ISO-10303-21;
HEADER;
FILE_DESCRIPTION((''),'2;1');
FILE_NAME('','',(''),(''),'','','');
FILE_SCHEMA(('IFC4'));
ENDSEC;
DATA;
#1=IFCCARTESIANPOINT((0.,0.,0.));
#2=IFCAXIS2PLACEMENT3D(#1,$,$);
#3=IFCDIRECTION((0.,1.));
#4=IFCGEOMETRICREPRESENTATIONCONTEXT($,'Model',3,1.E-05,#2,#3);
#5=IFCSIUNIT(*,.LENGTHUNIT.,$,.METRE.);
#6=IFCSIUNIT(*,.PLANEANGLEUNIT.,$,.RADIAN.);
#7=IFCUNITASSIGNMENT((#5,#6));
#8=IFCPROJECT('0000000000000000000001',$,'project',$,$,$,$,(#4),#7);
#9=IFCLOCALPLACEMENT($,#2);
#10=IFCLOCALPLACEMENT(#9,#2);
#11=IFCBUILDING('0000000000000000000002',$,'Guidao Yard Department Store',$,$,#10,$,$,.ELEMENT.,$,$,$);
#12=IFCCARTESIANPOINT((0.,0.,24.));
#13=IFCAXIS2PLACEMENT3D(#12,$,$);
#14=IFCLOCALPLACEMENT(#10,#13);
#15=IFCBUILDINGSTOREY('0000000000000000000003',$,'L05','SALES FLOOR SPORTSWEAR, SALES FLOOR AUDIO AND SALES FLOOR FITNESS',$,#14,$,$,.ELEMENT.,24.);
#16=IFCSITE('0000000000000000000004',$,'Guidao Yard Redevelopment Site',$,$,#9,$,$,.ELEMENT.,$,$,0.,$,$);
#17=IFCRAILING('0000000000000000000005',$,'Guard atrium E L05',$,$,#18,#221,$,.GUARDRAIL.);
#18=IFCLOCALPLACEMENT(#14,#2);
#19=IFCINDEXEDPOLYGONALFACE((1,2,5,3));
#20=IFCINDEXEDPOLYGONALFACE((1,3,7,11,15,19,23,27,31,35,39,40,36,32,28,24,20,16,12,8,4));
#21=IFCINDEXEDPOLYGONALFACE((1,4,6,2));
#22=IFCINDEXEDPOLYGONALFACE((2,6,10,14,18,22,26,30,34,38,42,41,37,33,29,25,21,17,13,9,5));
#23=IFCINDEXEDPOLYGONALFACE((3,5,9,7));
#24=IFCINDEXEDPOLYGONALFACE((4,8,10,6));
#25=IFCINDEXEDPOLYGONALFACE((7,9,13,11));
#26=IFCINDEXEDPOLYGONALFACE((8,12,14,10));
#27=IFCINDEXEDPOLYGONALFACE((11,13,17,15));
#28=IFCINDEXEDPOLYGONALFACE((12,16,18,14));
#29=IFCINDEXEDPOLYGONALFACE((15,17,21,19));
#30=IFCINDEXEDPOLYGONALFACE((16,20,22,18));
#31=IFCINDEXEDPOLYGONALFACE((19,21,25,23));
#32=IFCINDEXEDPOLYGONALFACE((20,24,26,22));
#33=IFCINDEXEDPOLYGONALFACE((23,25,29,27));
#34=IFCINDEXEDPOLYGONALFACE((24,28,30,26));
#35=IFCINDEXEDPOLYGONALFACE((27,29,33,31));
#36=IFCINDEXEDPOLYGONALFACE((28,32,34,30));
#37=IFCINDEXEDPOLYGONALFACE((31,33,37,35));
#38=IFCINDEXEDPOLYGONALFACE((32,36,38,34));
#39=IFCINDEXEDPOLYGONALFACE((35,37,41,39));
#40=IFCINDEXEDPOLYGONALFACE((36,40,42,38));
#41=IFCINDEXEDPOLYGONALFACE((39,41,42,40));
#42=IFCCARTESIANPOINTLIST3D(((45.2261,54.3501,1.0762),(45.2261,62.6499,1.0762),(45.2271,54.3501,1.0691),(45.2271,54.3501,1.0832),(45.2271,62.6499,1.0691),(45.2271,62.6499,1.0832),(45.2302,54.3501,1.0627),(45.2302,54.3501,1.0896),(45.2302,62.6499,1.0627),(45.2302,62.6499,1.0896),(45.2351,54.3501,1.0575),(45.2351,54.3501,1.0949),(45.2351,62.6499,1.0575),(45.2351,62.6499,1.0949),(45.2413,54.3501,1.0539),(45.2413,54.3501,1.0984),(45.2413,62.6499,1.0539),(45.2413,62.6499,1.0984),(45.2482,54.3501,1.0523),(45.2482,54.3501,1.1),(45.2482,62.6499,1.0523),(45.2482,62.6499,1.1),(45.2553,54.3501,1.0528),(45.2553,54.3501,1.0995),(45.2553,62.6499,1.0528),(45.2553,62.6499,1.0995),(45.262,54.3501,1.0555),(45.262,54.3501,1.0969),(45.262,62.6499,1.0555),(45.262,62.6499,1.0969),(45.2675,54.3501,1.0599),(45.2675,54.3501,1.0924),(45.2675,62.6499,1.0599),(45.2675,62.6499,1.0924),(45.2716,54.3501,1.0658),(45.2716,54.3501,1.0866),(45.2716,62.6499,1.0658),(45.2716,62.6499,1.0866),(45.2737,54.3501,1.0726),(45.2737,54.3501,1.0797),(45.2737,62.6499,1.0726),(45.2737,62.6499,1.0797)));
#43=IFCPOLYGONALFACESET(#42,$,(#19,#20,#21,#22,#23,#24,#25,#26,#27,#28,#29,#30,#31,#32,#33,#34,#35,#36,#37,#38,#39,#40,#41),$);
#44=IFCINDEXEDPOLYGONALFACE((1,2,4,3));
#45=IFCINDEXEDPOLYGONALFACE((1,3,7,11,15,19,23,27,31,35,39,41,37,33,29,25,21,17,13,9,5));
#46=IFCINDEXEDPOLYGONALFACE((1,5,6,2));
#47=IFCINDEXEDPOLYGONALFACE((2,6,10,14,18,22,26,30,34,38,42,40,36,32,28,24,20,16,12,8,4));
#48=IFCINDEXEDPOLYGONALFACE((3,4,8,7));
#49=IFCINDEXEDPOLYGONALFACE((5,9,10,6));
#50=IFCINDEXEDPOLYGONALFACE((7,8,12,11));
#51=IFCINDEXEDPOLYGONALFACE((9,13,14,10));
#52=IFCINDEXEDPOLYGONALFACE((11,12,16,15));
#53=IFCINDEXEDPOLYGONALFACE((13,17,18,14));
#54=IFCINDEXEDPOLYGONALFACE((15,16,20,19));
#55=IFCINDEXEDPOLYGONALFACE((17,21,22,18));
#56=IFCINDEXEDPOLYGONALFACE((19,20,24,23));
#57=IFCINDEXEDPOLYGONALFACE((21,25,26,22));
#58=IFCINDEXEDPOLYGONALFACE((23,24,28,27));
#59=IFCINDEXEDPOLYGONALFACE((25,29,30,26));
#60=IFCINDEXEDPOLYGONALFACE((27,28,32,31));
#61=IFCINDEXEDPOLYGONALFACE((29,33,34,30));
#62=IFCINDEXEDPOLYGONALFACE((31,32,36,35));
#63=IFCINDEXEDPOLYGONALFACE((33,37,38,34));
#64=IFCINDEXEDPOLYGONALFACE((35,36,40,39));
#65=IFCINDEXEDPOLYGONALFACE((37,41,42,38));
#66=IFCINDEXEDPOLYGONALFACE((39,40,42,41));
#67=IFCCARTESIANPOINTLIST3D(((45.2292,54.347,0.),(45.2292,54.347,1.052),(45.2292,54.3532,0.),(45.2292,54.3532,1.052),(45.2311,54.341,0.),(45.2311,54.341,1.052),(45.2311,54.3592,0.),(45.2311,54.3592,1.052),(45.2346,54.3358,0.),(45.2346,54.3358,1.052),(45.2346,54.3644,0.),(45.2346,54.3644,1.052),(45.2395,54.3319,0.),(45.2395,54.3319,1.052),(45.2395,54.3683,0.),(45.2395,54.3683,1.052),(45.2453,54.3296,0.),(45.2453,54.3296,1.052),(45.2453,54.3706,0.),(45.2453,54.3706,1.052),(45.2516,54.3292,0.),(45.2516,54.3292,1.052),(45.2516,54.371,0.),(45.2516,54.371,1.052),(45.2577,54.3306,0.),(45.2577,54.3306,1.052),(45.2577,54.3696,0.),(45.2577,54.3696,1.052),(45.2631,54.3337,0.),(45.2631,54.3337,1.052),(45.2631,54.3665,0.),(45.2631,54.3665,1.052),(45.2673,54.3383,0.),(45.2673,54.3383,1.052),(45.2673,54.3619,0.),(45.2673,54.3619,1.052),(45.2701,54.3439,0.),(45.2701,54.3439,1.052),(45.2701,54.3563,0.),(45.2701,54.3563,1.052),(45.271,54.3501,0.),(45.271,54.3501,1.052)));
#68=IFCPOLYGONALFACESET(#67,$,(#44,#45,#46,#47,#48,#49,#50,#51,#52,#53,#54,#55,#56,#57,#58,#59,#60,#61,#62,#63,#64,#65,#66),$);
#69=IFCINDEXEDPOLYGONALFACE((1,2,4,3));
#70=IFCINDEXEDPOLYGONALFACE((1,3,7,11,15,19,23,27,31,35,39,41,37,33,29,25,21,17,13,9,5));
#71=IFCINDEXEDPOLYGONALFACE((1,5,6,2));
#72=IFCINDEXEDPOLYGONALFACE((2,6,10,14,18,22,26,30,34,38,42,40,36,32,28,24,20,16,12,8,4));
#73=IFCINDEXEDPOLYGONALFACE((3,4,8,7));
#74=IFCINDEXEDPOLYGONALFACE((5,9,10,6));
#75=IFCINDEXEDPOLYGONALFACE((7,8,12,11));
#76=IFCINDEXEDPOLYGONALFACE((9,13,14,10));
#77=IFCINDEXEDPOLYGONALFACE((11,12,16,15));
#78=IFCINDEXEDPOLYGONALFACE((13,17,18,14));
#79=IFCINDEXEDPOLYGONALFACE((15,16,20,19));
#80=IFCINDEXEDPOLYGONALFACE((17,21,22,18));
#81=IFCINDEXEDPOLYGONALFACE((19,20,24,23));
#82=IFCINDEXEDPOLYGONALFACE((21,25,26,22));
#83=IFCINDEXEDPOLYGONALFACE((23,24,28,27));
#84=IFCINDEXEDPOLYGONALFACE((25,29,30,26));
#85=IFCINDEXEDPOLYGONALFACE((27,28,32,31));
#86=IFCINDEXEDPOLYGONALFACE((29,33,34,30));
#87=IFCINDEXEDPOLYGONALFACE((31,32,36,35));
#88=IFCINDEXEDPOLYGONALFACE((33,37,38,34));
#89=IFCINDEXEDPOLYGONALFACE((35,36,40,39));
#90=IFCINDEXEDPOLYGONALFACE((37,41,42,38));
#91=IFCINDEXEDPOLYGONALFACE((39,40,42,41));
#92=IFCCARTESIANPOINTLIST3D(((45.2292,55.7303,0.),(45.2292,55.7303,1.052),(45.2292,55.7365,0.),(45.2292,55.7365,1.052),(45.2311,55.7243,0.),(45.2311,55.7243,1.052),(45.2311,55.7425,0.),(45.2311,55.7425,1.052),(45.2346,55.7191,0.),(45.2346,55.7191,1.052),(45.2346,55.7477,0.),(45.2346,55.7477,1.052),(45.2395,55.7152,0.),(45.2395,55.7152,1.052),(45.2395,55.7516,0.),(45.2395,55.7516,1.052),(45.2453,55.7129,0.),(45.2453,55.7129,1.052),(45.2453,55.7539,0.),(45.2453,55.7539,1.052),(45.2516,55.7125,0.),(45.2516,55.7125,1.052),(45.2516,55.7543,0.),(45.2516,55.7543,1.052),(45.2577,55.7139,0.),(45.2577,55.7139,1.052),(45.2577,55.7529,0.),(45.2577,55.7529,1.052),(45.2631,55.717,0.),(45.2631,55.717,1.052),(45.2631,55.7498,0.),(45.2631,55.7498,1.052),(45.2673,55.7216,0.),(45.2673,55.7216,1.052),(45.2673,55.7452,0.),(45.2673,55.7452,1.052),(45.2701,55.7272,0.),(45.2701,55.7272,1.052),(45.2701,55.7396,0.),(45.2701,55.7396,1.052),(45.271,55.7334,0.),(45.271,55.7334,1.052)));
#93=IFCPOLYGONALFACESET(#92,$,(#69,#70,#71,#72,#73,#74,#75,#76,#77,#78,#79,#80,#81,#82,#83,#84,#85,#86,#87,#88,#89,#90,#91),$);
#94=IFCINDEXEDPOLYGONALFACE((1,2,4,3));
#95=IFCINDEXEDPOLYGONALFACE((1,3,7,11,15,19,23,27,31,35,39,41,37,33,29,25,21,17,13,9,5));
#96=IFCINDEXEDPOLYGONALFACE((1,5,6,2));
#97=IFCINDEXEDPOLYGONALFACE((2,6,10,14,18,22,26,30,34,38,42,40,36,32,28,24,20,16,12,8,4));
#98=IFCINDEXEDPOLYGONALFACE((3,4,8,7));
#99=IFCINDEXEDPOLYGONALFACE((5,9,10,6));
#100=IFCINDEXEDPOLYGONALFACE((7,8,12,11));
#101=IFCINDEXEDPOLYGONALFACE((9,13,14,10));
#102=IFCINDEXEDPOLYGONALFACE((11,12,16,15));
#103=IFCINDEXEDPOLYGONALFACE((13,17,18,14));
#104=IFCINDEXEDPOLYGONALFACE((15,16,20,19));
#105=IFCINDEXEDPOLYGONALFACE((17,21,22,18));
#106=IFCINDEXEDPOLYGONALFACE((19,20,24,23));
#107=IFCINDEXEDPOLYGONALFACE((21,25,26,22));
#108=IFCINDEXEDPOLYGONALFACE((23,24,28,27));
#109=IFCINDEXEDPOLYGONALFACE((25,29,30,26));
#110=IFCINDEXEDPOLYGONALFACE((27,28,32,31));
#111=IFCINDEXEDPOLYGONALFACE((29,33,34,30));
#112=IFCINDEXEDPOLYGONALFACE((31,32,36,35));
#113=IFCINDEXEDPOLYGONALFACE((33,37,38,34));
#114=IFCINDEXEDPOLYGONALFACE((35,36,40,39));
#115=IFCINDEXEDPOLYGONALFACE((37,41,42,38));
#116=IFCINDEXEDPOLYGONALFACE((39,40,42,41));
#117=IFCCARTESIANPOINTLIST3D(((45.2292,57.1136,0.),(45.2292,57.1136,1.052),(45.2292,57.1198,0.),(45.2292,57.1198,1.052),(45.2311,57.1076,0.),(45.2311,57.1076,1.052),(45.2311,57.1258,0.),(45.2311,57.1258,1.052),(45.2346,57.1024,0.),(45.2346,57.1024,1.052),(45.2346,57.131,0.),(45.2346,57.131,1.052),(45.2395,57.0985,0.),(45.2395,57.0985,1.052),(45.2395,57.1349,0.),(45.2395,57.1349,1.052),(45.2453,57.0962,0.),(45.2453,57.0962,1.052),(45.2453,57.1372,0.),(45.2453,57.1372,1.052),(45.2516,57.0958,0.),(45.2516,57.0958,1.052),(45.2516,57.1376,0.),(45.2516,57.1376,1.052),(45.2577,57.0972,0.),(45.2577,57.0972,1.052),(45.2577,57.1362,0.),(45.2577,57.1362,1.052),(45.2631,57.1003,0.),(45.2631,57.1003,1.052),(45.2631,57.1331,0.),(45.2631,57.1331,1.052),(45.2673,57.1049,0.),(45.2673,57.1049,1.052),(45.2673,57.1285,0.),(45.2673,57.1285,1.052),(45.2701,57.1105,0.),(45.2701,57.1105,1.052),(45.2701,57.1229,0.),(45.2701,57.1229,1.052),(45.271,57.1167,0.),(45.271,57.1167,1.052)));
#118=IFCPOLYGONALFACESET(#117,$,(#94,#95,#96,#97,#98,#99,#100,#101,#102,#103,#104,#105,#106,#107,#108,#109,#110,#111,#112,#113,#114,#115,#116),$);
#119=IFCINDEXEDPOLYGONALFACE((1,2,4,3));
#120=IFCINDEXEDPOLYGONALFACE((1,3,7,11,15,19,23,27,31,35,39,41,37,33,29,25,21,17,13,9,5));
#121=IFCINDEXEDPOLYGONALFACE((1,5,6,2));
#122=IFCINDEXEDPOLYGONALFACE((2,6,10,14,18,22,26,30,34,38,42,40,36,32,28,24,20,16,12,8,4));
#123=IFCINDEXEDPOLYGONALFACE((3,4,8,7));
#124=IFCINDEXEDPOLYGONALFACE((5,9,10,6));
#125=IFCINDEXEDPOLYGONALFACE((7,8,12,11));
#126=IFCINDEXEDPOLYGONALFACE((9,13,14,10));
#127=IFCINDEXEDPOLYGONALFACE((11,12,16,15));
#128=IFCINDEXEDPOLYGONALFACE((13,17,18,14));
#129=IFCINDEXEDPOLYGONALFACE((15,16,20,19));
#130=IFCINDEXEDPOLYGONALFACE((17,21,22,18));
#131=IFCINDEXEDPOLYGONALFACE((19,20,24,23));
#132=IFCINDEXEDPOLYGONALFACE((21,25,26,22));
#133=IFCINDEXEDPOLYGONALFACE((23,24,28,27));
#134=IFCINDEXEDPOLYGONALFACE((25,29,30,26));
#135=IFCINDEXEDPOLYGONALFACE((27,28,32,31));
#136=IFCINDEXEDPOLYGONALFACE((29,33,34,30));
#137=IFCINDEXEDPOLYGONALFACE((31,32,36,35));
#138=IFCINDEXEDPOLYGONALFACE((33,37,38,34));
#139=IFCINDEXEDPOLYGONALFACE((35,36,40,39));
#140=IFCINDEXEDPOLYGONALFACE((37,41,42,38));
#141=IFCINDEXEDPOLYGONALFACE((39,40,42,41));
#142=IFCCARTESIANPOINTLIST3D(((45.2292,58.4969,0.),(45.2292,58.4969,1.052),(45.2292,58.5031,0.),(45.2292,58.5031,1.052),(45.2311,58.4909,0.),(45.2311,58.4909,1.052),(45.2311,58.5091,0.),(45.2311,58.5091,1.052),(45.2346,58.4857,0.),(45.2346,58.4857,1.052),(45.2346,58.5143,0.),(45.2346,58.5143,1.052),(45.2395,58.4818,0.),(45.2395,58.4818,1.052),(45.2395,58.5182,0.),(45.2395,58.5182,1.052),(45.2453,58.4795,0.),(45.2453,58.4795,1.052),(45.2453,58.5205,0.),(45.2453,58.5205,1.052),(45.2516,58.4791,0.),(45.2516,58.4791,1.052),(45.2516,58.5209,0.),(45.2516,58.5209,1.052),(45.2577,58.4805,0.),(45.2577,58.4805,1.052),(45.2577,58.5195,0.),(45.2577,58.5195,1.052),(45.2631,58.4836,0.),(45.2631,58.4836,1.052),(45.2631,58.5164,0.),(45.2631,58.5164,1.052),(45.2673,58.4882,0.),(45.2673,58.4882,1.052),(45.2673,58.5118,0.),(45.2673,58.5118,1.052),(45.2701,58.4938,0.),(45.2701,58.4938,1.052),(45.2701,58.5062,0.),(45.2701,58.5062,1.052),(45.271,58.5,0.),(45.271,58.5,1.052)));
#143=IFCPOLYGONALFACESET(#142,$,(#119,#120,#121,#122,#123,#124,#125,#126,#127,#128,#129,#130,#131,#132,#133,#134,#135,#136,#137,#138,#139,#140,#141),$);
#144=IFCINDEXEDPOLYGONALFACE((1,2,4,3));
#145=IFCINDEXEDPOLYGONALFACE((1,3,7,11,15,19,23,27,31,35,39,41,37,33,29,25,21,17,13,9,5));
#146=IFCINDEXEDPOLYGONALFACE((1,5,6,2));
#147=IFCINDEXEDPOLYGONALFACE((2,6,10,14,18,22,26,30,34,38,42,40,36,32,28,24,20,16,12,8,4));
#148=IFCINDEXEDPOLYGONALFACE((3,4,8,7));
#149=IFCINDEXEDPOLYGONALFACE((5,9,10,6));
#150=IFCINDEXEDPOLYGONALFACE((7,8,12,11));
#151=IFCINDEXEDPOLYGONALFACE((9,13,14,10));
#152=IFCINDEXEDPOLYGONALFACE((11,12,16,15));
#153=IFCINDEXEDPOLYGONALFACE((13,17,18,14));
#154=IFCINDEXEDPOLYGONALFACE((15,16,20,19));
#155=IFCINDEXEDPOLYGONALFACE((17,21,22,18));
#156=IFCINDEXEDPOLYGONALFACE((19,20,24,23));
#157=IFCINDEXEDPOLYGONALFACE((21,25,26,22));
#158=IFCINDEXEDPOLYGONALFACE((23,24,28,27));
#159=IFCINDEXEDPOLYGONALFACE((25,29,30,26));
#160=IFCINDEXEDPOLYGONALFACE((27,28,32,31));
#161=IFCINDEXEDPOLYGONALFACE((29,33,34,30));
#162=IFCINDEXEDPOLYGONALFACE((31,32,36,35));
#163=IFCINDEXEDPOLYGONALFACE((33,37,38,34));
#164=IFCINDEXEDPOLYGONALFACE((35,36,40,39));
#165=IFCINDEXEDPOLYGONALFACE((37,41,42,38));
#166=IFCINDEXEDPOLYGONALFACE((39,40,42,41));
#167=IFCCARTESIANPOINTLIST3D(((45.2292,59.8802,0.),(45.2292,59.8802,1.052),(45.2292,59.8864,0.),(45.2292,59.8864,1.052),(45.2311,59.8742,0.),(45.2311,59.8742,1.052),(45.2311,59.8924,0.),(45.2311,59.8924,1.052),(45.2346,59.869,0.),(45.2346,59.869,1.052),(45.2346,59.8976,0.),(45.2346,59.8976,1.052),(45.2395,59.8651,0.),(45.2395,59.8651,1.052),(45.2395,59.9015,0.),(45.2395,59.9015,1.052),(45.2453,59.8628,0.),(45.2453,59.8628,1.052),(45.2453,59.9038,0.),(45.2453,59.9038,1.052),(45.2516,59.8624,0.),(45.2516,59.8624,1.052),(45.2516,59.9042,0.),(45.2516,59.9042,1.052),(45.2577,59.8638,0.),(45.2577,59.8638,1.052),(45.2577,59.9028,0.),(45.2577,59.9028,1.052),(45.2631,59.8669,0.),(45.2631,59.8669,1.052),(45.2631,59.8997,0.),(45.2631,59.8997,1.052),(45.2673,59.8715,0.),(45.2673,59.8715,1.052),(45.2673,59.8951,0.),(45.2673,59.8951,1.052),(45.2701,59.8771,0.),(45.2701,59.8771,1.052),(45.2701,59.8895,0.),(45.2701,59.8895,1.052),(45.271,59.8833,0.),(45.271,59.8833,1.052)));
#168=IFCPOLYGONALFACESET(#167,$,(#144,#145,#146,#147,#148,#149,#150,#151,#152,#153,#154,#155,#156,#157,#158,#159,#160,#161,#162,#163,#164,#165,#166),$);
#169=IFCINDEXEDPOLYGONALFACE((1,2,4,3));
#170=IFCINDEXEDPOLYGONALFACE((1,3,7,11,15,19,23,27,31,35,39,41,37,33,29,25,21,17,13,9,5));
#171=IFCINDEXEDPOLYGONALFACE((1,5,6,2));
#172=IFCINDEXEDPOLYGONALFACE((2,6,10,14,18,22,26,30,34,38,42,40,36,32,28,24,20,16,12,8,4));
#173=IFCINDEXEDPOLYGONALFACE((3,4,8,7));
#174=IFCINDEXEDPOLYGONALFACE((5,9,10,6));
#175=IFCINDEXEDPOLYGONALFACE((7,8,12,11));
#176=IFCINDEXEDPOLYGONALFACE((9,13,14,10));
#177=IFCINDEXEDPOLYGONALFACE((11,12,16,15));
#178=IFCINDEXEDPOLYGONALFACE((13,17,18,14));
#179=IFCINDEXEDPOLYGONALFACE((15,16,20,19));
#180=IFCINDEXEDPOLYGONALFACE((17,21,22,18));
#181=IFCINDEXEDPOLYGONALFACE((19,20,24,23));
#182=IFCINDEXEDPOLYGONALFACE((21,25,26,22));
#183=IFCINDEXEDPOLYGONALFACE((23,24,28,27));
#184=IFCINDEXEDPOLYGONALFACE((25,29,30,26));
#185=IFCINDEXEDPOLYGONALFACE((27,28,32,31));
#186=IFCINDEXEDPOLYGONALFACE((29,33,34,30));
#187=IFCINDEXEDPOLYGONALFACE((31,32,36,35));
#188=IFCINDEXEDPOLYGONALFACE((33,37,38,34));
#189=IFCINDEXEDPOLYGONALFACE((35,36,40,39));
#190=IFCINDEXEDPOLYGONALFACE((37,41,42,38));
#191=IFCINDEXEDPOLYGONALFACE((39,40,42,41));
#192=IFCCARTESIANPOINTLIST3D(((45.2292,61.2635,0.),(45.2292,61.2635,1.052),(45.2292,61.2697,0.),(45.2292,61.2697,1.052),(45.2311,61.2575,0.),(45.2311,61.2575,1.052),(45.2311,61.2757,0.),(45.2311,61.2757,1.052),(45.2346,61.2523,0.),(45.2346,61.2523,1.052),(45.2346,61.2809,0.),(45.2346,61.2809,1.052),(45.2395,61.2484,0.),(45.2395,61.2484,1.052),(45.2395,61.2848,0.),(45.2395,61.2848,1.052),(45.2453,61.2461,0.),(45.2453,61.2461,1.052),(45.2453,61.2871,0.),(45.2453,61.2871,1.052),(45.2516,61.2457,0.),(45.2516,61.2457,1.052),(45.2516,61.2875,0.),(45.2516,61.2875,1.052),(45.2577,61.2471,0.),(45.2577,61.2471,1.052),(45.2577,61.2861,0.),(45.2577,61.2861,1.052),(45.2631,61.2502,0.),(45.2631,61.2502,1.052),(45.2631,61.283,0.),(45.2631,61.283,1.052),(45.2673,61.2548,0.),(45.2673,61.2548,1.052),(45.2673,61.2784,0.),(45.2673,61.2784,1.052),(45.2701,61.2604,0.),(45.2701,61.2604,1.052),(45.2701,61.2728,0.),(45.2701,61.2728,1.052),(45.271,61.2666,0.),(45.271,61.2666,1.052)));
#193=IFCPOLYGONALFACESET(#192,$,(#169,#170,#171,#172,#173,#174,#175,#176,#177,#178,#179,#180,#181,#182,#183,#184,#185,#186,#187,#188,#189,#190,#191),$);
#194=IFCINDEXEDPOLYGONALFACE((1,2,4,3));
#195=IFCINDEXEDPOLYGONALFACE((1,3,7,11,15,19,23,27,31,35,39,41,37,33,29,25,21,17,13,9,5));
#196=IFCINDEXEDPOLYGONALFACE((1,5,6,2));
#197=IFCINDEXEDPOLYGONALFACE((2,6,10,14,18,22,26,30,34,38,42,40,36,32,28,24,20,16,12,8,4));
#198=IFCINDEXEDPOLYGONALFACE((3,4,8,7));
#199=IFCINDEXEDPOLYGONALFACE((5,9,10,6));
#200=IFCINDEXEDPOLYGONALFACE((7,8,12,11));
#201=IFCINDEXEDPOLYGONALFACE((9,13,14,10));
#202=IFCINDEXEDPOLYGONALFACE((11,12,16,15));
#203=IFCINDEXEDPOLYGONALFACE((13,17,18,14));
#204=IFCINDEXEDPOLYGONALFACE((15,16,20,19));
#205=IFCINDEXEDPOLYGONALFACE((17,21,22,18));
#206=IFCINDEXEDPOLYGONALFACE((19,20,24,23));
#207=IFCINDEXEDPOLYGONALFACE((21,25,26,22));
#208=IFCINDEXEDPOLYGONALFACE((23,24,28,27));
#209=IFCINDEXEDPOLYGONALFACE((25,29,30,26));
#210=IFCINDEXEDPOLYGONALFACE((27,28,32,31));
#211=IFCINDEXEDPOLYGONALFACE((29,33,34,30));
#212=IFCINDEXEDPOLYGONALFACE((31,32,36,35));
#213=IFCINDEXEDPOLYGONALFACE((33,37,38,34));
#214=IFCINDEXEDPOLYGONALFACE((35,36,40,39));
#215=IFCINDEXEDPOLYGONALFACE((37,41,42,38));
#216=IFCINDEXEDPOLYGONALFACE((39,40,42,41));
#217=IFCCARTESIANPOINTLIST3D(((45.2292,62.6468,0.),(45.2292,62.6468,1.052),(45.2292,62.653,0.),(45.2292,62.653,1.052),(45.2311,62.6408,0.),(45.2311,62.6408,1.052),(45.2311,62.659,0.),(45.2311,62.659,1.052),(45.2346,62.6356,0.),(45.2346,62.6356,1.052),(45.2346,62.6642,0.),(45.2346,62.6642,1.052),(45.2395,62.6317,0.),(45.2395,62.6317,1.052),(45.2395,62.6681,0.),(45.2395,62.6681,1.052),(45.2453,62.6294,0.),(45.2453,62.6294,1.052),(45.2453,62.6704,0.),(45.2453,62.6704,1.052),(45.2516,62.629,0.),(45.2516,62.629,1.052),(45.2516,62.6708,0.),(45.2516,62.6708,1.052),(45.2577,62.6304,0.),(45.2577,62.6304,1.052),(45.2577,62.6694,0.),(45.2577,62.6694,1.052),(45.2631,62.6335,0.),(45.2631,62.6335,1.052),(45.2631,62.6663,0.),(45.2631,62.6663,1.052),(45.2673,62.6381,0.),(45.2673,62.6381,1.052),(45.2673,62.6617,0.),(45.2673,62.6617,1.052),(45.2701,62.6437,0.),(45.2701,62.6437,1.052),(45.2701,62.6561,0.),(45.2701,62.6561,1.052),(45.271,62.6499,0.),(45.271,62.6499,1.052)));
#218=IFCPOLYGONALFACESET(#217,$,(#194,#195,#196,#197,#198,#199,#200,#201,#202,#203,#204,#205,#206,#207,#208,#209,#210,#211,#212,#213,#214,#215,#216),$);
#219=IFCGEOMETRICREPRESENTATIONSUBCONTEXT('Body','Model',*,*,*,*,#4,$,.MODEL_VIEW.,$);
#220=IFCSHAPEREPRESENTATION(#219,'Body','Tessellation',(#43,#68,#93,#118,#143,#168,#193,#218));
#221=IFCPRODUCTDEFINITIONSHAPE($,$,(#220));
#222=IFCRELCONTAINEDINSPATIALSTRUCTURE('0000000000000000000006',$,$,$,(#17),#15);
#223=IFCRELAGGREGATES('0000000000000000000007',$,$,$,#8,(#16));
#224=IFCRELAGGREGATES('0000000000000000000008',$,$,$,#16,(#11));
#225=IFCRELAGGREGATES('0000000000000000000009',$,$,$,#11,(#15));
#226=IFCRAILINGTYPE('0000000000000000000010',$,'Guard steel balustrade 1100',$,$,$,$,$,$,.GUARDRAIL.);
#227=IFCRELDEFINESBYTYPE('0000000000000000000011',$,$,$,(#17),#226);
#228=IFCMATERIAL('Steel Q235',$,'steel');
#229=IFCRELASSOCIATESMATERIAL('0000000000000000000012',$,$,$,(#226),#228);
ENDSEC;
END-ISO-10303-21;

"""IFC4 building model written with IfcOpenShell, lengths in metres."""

from ifc_helpers import new_model, si_unit, direction, frame, origin, origin_2d, place, context, subcontext, project, spatial, circle, extrude, material, type_object, element, save


model = new_model("IFC4")

# Units and contexts
model_context = context("Model", 3, precision=1e-05, world=origin(), true_north=direction((0.0, 1.0)))
body_context = subcontext(model_context, "Body", "Model", "MODEL_VIEW")
ifc_project = project(units=[si_unit("LENGTHUNIT", "METRE"), si_unit("PLANEANGLEUNIT", "RADIAN")], contexts=[model_context])

# Site, building, storey
site_placement = place(None, origin())
site = spatial("IfcSite", under=ifc_project, at=site_placement, Name="Guidao Yard Redevelopment Site", CompositionType="ELEMENT", RefElevation=0.0)
building_placement = place(site_placement, origin())
building = spatial("IfcBuilding", under=site, at=building_placement, Name="Guidao Yard Department Store", CompositionType="ELEMENT")
storey_placement = place(building_placement, frame((0.0, 0.0, 24.0)))
storey = spatial("IfcBuildingStorey", under=building, at=storey_placement, Name="L05", Description="SALES FLOOR SPORTSWEAR, SALES FLOOR AUDIO AND SALES FLOOR FITNESS", CompositionType="ELEMENT", Elevation=24.0)

# Railing
ifc_material_1 = material(Name="Steel Q235", Category="steel")
railing_type = type_object("IfcRailingType", Name="Guard steel balustrade 1100", PredefinedType="GUARDRAIL", material=ifc_material_1)
railing_1_placement = place(storey_placement, frame((45.25, 54.3501, 0.0)))
element("IfcRailing", 1, at=railing_1_placement, inside=storey, type_object=railing_type, Name="Guard atrium E L05", PredefinedType="GUARDRAIL", context=body_context, shape_type="SweptSolid", body=[
    extrude(circle(Radius=0.0239, at=origin_2d()), frame((0.0, 0.0, 1.0762), z_axis=(0.0, 1.0, 0.0), x_axis=(-1.0, 0.0, 0.0)), (0.0, 0.0, 1.0), 8.2998),
    extrude(circle(Radius=0.021, at=origin_2d()), origin(), (0.0, 0.0, 1.0), 1.052),
    extrude(circle(Radius=0.021, at=origin_2d()), frame((0.0, 1.3833, 0.0)), (0.0, 0.0, 1.0), 1.052),
    extrude(circle(Radius=0.021, at=origin_2d()), frame((0.0, 2.7666, 0.0)), (0.0, 0.0, 1.0), 1.052),
    extrude(circle(Radius=0.021, at=origin_2d()), frame((0.0, 4.1499, 0.0)), (0.0, 0.0, 1.0), 1.052),
    extrude(circle(Radius=0.021, at=origin_2d()), frame((0.0, 5.5332, 0.0)), (0.0, 0.0, 1.0), 1.052),
    extrude(circle(Radius=0.021, at=origin_2d()), frame((0.0, 6.9165, 0.0)), (0.0, 0.0, 1.0), 1.052),
    extrude(circle(Radius=0.021, at=origin_2d()), frame((0.0, 8.2998, 0.0)), (0.0, 0.0, 1.0), 1.052),
])

save(model, "model.ifc")
